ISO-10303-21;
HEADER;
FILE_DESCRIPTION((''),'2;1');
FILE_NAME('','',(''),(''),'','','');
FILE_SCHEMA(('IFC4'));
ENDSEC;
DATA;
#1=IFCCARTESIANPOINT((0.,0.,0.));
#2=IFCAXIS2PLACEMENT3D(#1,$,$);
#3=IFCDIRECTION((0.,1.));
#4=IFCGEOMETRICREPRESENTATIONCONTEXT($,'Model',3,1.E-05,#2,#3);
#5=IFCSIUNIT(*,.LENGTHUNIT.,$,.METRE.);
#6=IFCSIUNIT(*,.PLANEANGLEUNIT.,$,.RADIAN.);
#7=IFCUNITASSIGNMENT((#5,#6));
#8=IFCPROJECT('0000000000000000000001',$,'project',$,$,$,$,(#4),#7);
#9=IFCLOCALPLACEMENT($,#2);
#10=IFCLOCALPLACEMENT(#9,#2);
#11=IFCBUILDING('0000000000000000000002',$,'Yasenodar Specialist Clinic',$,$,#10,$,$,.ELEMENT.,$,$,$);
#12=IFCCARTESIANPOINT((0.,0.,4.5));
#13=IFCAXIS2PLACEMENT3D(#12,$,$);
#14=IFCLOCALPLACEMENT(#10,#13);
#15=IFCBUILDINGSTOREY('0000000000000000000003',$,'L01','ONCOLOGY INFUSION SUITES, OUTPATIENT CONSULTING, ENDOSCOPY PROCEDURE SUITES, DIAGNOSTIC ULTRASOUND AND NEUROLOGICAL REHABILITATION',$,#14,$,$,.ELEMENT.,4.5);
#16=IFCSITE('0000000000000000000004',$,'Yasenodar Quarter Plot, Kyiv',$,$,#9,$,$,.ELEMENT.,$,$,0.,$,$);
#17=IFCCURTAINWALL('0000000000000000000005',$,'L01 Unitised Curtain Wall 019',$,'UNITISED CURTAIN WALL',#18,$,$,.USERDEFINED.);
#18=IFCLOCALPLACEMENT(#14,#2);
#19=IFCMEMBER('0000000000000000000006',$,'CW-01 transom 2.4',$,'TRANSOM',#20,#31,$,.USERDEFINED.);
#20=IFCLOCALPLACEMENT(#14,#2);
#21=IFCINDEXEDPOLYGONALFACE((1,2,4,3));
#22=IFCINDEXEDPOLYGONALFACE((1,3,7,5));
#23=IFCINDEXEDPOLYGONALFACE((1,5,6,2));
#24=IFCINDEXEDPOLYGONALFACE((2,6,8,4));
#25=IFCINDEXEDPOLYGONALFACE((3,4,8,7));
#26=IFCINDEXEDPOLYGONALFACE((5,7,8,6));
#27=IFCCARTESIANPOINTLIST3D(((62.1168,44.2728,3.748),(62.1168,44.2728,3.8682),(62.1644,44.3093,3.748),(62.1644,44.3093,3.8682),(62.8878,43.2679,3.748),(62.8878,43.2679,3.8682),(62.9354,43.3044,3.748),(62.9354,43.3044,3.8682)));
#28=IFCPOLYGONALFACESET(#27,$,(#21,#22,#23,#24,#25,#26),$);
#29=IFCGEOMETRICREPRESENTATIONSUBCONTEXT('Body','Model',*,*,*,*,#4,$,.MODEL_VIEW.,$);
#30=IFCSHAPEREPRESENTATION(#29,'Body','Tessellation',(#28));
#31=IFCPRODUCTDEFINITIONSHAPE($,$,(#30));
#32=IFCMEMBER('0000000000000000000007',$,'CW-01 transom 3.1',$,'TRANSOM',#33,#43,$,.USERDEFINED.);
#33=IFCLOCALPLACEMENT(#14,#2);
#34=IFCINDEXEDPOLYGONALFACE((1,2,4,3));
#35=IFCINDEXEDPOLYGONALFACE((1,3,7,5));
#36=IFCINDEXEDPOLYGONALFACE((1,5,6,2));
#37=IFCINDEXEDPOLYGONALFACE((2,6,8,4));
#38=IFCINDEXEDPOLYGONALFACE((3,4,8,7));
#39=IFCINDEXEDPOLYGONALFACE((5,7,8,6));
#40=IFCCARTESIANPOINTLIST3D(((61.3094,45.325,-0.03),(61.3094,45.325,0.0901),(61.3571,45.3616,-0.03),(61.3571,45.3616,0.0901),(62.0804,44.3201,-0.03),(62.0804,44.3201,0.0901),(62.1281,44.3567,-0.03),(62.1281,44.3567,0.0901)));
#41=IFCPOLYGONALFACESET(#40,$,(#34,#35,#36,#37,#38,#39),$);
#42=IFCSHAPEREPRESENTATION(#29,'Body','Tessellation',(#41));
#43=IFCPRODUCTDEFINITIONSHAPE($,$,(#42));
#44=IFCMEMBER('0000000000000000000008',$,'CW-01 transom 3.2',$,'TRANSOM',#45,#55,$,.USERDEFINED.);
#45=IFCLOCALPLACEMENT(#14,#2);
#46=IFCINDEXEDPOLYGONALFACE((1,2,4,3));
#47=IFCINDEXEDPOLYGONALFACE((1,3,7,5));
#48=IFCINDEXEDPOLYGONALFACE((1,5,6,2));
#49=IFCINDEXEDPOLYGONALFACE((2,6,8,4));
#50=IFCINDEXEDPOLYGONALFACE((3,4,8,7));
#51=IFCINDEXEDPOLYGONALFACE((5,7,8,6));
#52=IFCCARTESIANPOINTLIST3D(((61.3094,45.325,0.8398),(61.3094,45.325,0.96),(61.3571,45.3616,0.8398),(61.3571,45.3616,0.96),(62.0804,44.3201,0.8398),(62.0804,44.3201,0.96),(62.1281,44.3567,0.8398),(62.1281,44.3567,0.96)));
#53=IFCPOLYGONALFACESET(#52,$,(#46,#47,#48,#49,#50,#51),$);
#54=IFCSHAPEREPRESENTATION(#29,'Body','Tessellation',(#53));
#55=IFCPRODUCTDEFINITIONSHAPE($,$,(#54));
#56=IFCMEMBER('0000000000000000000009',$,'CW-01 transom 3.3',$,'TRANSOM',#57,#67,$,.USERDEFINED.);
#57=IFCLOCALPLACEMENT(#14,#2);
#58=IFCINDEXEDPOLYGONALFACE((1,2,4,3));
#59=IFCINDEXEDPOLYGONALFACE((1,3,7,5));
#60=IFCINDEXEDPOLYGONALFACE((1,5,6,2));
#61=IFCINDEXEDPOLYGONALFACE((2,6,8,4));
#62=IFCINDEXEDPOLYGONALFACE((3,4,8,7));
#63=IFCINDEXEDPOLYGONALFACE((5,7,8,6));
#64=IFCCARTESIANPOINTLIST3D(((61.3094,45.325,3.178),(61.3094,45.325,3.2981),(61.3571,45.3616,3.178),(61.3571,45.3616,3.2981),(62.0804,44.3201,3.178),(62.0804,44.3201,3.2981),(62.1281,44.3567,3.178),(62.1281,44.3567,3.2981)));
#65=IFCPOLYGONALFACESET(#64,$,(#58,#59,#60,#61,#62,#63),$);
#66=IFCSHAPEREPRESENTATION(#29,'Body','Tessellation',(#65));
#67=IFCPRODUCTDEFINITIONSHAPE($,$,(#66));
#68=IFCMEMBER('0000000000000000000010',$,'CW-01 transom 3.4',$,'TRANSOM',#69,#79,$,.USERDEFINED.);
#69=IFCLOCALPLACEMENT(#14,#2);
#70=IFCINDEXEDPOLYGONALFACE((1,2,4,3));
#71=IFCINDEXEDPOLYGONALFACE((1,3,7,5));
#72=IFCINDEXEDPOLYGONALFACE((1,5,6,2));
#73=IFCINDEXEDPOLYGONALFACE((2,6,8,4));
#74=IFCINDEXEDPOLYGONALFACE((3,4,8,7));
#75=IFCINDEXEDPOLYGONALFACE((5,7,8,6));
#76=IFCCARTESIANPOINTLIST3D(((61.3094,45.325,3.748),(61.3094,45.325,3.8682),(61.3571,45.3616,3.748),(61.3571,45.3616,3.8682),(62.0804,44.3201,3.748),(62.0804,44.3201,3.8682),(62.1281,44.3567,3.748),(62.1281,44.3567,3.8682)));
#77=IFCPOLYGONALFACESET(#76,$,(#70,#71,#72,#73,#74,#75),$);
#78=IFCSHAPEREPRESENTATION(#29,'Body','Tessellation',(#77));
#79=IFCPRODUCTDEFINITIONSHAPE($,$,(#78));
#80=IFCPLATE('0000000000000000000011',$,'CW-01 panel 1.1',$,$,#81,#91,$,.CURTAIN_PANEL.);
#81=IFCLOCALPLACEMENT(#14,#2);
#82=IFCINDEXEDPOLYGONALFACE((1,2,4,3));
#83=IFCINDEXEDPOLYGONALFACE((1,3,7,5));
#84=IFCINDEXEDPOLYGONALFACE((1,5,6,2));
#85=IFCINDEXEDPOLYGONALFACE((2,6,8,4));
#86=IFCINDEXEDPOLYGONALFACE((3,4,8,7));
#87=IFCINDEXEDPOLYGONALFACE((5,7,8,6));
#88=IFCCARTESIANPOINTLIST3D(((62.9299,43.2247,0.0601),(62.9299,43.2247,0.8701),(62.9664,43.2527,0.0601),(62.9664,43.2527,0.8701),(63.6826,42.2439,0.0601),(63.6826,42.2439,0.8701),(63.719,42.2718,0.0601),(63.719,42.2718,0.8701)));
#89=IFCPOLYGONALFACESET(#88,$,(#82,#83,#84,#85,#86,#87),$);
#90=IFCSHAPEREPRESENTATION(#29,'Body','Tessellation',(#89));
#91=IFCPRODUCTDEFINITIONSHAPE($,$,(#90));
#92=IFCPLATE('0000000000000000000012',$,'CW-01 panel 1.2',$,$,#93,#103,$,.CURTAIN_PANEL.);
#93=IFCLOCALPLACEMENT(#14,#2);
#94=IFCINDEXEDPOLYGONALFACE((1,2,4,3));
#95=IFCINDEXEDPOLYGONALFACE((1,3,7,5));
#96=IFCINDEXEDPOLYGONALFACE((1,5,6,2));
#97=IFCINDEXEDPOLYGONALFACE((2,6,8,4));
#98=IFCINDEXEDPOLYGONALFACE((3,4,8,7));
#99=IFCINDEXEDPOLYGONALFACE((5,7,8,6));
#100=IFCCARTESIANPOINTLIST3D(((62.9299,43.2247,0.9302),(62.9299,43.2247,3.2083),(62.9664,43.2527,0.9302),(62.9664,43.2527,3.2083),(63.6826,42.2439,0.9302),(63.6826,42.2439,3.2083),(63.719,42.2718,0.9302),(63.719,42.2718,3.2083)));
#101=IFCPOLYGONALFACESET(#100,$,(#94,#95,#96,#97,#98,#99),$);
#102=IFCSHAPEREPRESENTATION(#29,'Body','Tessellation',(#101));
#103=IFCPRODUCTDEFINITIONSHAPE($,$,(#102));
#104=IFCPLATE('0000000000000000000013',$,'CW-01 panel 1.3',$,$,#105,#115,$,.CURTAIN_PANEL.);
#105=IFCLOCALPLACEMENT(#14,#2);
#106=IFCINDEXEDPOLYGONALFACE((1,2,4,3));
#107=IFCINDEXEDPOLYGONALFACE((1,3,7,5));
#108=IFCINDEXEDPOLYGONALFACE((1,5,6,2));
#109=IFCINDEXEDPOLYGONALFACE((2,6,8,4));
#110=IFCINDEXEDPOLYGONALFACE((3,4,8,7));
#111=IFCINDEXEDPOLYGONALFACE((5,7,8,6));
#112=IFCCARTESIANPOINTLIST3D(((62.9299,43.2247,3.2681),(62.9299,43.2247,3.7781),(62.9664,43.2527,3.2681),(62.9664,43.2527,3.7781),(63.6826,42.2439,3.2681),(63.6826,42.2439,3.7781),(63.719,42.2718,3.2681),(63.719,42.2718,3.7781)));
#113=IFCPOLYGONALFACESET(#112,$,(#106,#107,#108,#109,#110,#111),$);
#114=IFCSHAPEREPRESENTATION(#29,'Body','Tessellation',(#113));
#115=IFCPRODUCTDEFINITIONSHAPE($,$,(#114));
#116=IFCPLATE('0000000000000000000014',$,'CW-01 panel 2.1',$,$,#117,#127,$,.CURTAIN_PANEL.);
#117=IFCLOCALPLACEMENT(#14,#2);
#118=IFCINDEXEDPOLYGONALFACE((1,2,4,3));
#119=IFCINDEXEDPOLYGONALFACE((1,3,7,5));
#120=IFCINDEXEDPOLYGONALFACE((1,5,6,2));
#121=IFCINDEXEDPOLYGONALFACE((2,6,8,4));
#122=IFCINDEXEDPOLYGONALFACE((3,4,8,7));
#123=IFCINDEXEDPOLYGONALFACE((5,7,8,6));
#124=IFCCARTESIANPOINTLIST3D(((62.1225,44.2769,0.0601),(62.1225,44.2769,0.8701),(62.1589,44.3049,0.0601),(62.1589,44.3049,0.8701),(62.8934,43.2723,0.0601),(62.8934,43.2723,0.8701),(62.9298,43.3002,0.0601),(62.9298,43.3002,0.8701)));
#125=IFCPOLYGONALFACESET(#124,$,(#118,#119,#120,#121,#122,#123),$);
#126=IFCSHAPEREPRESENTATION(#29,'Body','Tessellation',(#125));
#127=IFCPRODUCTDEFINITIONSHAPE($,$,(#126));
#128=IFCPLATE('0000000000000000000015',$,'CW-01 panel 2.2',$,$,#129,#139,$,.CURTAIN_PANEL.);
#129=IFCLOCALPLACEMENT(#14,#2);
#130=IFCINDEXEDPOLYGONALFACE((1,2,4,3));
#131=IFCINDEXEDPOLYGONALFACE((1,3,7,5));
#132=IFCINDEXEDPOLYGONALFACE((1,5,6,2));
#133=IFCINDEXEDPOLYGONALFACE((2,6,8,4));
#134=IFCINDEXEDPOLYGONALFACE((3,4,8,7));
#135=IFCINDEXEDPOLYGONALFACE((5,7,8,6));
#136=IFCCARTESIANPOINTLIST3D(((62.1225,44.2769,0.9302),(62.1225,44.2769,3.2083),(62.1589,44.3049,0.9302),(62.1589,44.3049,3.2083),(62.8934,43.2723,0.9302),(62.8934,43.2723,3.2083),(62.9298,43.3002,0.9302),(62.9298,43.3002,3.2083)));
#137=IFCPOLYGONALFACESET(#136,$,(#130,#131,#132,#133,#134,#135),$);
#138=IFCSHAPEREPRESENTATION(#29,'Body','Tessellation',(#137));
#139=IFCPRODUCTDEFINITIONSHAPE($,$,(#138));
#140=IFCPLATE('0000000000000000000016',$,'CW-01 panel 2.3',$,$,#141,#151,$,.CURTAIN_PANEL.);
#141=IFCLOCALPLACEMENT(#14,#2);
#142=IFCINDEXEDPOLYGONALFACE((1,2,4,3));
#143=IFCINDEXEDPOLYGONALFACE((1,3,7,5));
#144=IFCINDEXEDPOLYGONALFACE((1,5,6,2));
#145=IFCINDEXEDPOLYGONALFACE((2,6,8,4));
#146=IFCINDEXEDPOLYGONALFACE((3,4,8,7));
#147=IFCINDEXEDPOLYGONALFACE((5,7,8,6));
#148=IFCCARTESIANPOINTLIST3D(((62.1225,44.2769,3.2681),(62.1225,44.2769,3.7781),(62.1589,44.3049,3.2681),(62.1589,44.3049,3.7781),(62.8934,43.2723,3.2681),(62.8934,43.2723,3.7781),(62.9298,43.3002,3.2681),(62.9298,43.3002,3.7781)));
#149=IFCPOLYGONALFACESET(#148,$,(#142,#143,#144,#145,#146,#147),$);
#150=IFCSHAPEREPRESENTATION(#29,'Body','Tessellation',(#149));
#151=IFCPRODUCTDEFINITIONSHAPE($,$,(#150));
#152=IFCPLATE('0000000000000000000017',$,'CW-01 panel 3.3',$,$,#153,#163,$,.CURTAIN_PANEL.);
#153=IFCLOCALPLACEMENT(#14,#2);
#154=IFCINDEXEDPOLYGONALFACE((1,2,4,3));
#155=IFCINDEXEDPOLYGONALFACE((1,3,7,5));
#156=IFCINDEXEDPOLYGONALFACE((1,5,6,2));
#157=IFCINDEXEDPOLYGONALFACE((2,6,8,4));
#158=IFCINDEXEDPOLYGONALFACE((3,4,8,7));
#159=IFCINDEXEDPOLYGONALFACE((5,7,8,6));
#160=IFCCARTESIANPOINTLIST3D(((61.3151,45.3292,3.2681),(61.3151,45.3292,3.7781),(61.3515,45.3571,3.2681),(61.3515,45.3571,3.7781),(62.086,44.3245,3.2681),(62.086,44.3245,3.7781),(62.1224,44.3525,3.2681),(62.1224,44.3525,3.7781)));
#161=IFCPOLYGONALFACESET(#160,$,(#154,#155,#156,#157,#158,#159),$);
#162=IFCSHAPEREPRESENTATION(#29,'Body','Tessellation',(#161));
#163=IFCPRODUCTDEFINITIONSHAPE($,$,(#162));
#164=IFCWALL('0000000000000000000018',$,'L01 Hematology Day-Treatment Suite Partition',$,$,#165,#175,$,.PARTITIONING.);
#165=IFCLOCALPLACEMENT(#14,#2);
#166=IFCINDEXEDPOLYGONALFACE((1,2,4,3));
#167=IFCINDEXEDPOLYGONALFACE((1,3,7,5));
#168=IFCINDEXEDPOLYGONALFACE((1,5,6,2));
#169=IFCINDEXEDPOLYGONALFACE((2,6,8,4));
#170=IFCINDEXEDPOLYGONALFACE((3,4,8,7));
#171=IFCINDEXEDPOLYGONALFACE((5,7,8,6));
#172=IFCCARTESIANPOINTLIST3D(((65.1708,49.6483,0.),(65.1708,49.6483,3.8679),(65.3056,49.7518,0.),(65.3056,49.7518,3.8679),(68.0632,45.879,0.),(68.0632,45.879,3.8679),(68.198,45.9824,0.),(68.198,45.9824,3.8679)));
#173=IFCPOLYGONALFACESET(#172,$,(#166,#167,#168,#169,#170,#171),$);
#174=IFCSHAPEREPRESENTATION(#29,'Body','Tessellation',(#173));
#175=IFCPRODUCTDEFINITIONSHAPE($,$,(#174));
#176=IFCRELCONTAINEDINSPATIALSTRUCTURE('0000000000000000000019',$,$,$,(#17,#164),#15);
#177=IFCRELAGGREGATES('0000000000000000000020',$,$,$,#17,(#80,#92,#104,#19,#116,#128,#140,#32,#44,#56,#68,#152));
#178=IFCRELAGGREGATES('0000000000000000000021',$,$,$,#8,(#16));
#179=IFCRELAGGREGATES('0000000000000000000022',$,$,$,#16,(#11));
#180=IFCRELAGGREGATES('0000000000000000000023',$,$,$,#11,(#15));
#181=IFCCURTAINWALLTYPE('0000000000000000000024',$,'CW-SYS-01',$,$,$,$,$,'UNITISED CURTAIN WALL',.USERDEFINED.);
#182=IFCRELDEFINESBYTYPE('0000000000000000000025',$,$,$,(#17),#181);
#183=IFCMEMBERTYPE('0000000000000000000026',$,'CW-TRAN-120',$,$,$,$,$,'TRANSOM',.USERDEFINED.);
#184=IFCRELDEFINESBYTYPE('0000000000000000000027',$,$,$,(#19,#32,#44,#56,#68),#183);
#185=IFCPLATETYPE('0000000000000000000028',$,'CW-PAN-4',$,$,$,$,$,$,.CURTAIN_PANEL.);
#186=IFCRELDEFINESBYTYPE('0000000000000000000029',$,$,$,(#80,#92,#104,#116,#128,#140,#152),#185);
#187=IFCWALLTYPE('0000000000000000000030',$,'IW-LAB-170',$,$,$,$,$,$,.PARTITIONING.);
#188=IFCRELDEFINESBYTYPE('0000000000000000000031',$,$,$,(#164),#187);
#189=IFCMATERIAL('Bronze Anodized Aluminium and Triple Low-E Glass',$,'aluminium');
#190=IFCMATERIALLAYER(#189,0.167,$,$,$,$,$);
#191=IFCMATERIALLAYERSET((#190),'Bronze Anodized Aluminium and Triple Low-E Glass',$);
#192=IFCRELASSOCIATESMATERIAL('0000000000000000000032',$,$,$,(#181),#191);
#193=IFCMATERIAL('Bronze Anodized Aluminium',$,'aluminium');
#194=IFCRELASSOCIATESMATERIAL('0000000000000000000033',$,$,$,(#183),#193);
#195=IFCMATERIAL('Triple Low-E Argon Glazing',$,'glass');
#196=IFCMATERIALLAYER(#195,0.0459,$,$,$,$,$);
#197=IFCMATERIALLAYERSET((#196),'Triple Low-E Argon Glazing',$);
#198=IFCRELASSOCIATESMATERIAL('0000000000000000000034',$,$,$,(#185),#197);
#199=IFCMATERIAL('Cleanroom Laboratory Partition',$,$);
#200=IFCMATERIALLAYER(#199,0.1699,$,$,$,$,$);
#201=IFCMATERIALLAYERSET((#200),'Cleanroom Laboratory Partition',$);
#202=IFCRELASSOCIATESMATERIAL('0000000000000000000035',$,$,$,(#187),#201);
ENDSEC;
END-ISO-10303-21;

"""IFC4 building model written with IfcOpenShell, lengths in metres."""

from ifc_helpers import new_model, si_unit, direction, frame, frame_2d, origin, origin_2d, place, context, subcontext, project, spatial, rectangle, extrude, material, layer, layer_set, material_profile, profile_set, type_object, element, aggregate, save


model = new_model("IFC4")

# Units and contexts
model_context = context("Model", 3, precision=1e-05, world=origin(), true_north=direction((0.0, 1.0)))
body_context = subcontext(model_context, "Body", "Model", "MODEL_VIEW")
ifc_project = project(units=[si_unit("LENGTHUNIT", "METRE"), si_unit("PLANEANGLEUNIT", "RADIAN")], contexts=[model_context])

# Site, building, storey
site_placement = place(None, origin())
site = spatial("IfcSite", under=ifc_project, at=site_placement, Name="Yasenodar Quarter Plot, Kyiv", CompositionType="ELEMENT", RefElevation=0.0)
building_placement = place(site_placement, origin())
building = spatial("IfcBuilding", under=site, at=building_placement, Name="Yasenodar Specialist Clinic", CompositionType="ELEMENT")
storey_placement = place(building_placement, frame((0.0, 0.0, 4.5)))
storey = spatial("IfcBuildingStorey", under=building, at=storey_placement, Name="L01", Description="ONCOLOGY INFUSION SUITES, OUTPATIENT CONSULTING, ENDOSCOPY PROCEDURE SUITES, DIAGNOSTIC ULTRASOUND AND NEUROLOGICAL REHABILITATION", CompositionType="ELEMENT", Elevation=4.5)

# Curtain wall, members, plates
ifc_material_1 = material(Name="Bronze Anodized Aluminium and Triple Low-E Glass", Category="aluminium")
ifc_layer_1 = layer(ifc_material_1, 0.167)
ifc_layer_set_1 = layer_set([ifc_layer_1], Name="Bronze Anodized Aluminium and Triple Low-E Glass")
curtain_wall_type = type_object("IfcCurtainWallType", Name="CW-SYS-01", ElementType="UNITISED CURTAIN WALL", PredefinedType="USERDEFINED", material=ifc_layer_set_1)
curtain_wall_placement = place(storey_placement, origin())
curtain_wall = element("IfcCurtainWall", 1, at=curtain_wall_placement, inside=storey, type_object=curtain_wall_type, Name="L01 Unitised Curtain Wall 019", ObjectType="UNITISED CURTAIN WALL", PredefinedType="USERDEFINED")
ifc_material_2 = material(Name="Bronze Anodized Aluminium", Category="aluminium")
ifc_material_profile_1 = material_profile(ifc_material_2, rectangle(XDim=0.0601, YDim=0.1201, at=origin_2d()), Name="CW-TRAN 60x120")
ifc_profile_set_1 = profile_set([ifc_material_profile_1], Name="Bronze Anodized Aluminium")
member_type_1 = type_object("IfcMemberType", Name="CW-TRAN-120", ElementType="TRANSOM", PredefinedType="USERDEFINED", material=ifc_profile_set_1)
member_1_placement = place(storey_placement, frame((62.9116, 43.2861, 3.8081), z_axis=(-0.608723, 0.793383, 0.0), x_axis=(-0.793383, -0.608723, 0.0)))
member_1 = element("IfcMember", 2, at=member_1_placement, type_object=member_type_1, Name="CW-01 transom 2.4", ObjectType="TRANSOM", PredefinedType="USERDEFINED", context=body_context, shape_type="SweptSolid", body=[
    extrude(rectangle(XDim=0.0601, YDim=0.1201, at=origin_2d()), origin(), (0.0, 0.0, 1.0), 1.2666),
])
member_2_placement = place(storey_placement, frame((62.1042, 44.3384, 0.03), z_axis=(-0.608723, 0.793383, 0.0), x_axis=(-0.793383, -0.608723, 0.0)))
member_2 = element("IfcMember", 3, at=member_2_placement, type_object=member_type_1, Name="CW-01 transom 3.1", ObjectType="TRANSOM", PredefinedType="USERDEFINED", context=body_context, shape_type="SweptSolid", body=[
    extrude(rectangle(XDim=0.0601, YDim=0.1201, at=origin_2d()), origin(), (0.0, 0.0, 1.0), 1.2666),
])
member_3_placement = place(storey_placement, frame((62.1042, 44.3384, 0.8999), z_axis=(-0.608723, 0.793383, 0.0), x_axis=(-0.793383, -0.608723, 0.0)))
member_3 = element("IfcMember", 4, at=member_3_placement, type_object=member_type_1, Name="CW-01 transom 3.2", ObjectType="TRANSOM", PredefinedType="USERDEFINED", context=body_context, shape_type="SweptSolid", body=[
    extrude(rectangle(XDim=0.0601, YDim=0.1201, at=origin_2d()), origin(), (0.0, 0.0, 1.0), 1.2666),
])
member_4_placement = place(storey_placement, frame((62.1042, 44.3384, 3.238), z_axis=(-0.608723, 0.793383, 0.0), x_axis=(-0.793383, -0.608723, 0.0)))
member_4 = element("IfcMember", 5, at=member_4_placement, type_object=member_type_1, Name="CW-01 transom 3.3", ObjectType="TRANSOM", PredefinedType="USERDEFINED", context=body_context, shape_type="SweptSolid", body=[
    extrude(rectangle(XDim=0.0601, YDim=0.1201, at=origin_2d()), origin(), (0.0, 0.0, 1.0), 1.2666),
])
member_5_placement = place(storey_placement, frame((62.1042, 44.3384, 3.8081), z_axis=(-0.608723, 0.793383, 0.0), x_axis=(-0.793383, -0.608723, 0.0)))
member_5 = element("IfcMember", 6, at=member_5_placement, type_object=member_type_1, Name="CW-01 transom 3.4", ObjectType="TRANSOM", PredefinedType="USERDEFINED", context=body_context, shape_type="SweptSolid", body=[
    extrude(rectangle(XDim=0.0601, YDim=0.1201, at=origin_2d()), origin(), (0.0, 0.0, 1.0), 1.2666),
])
ifc_material_3 = material(Name="Triple Low-E Argon Glazing", Category="glass")
ifc_layer_2 = layer(ifc_material_3, 0.0459)
ifc_layer_set_2 = layer_set([ifc_layer_2], Name="Triple Low-E Argon Glazing")
plate_type = type_object("IfcPlateType", Name="CW-PAN-4", PredefinedType="CURTAIN_PANEL", material=ifc_layer_set_2)
plate_1_placement = place(storey_placement, frame((63.3245, 42.7483, 0.0601), z_axis=(0.0, 0.0, 1.0), x_axis=(-0.608752, 0.793361, 0.0)))
plate_1 = element("IfcPlate", 7, at=plate_1_placement, type_object=plate_type, Name="CW-01 panel 1.1", PredefinedType="CURTAIN_PANEL", context=body_context, shape_type="SweptSolid", body=[
    extrude(rectangle(XDim=1.2363, YDim=0.0459, at=origin_2d()), origin(), (0.0, 0.0, 1.0), 0.8101),
])
plate_2_placement = place(storey_placement, frame((63.3245, 42.7483, 0.9302), z_axis=(0.0, 0.0, 1.0), x_axis=(-0.608752, 0.793361, 0.0)))
plate_2 = element("IfcPlate", 8, at=plate_2_placement, type_object=plate_type, Name="CW-01 panel 1.2", PredefinedType="CURTAIN_PANEL", context=body_context, shape_type="SweptSolid", body=[
    extrude(rectangle(XDim=1.2363, YDim=0.0459, at=origin_2d()), origin(), (0.0, 0.0, 1.0), 2.2781),
])
plate_3_placement = place(storey_placement, frame((63.3245, 42.7483, 3.2681), z_axis=(0.0, 0.0, 1.0), x_axis=(-0.608752, 0.793361, 0.0)))
plate_3 = element("IfcPlate", 9, at=plate_3_placement, type_object=plate_type, Name="CW-01 panel 1.3", PredefinedType="CURTAIN_PANEL", context=body_context, shape_type="SweptSolid", body=[
    extrude(rectangle(XDim=1.2363, YDim=0.0459, at=origin_2d()), origin(), (0.0, 0.0, 1.0), 0.51),
])
plate_4_placement = place(storey_placement, frame((62.5261, 43.7886, 0.0601), z_axis=(0.0, 0.0, 1.0), x_axis=(-0.608752, 0.793361, 0.0)))
plate_4 = element("IfcPlate", 10, at=plate_4_placement, type_object=plate_type, Name="CW-01 panel 2.1", PredefinedType="CURTAIN_PANEL", context=body_context, shape_type="SweptSolid", body=[
    extrude(rectangle(XDim=1.2664, YDim=0.0459, at=origin_2d()), origin(), (0.0, 0.0, 1.0), 0.8101),
])
plate_5_placement = place(storey_placement, frame((62.5261, 43.7886, 0.9302), z_axis=(0.0, 0.0, 1.0), x_axis=(-0.608752, 0.793361, 0.0)))
plate_5 = element("IfcPlate", 11, at=plate_5_placement, type_object=plate_type, Name="CW-01 panel 2.2", PredefinedType="CURTAIN_PANEL", context=body_context, shape_type="SweptSolid", body=[
    extrude(rectangle(XDim=1.2664, YDim=0.0459, at=origin_2d()), origin(), (0.0, 0.0, 1.0), 2.2781),
])
plate_6_placement = place(storey_placement, frame((62.5261, 43.7886, 3.2681), z_axis=(0.0, 0.0, 1.0), x_axis=(-0.608752, 0.793361, 0.0)))
plate_6 = element("IfcPlate", 12, at=plate_6_placement, type_object=plate_type, Name="CW-01 panel 2.3", PredefinedType="CURTAIN_PANEL", context=body_context, shape_type="SweptSolid", body=[
    extrude(rectangle(XDim=1.2664, YDim=0.0459, at=origin_2d()), origin(), (0.0, 0.0, 1.0), 0.51),
])
plate_7_placement = place(storey_placement, frame((61.7188, 44.8408, 3.2681), z_axis=(0.0, 0.0, 1.0), x_axis=(-0.608752, 0.793361, 0.0)))
plate_7 = element("IfcPlate", 13, at=plate_7_placement, type_object=plate_type, Name="CW-01 panel 3.3", PredefinedType="CURTAIN_PANEL", context=body_context, shape_type="SweptSolid", body=[
    extrude(rectangle(XDim=1.2664, YDim=0.0459, at=origin_2d()), origin(), (0.0, 0.0, 1.0), 0.51),
])
aggregate(curtain_wall, [plate_1, plate_2, plate_3, member_1, plate_4, plate_5, plate_6, member_2, member_3, member_4, member_5, plate_7])

# Wall
ifc_material_4 = material(Name="Cleanroom Laboratory Partition")
ifc_layer_3 = layer(ifc_material_4, 0.1699)
ifc_layer_set_3 = layer_set([ifc_layer_3], Name="Cleanroom Laboratory Partition")
wall_type = type_object("IfcWallType", Name="IW-LAB-170", PredefinedType="PARTITIONING", material=ifc_layer_set_3)
wall_placement = place(storey_placement, frame((65.2383, 49.7, 0.0), z_axis=(0.0, 0.0, 1.0), x_axis=(0.608769, -0.793347, 0.0)))
element("IfcWall", 14, at=wall_placement, inside=storey, type_object=wall_type, Name="L01 Hematology Day-Treatment Suite Partition", PredefinedType="PARTITIONING", context=body_context, shape_type="SweptSolid", body=[
    extrude(rectangle(XDim=4.7512, YDim=0.1699, at=frame_2d((2.3755, 0.0))), origin(), (0.0, 0.0, 1.0), 3.8679),
])

save(model, "model.ifc")
